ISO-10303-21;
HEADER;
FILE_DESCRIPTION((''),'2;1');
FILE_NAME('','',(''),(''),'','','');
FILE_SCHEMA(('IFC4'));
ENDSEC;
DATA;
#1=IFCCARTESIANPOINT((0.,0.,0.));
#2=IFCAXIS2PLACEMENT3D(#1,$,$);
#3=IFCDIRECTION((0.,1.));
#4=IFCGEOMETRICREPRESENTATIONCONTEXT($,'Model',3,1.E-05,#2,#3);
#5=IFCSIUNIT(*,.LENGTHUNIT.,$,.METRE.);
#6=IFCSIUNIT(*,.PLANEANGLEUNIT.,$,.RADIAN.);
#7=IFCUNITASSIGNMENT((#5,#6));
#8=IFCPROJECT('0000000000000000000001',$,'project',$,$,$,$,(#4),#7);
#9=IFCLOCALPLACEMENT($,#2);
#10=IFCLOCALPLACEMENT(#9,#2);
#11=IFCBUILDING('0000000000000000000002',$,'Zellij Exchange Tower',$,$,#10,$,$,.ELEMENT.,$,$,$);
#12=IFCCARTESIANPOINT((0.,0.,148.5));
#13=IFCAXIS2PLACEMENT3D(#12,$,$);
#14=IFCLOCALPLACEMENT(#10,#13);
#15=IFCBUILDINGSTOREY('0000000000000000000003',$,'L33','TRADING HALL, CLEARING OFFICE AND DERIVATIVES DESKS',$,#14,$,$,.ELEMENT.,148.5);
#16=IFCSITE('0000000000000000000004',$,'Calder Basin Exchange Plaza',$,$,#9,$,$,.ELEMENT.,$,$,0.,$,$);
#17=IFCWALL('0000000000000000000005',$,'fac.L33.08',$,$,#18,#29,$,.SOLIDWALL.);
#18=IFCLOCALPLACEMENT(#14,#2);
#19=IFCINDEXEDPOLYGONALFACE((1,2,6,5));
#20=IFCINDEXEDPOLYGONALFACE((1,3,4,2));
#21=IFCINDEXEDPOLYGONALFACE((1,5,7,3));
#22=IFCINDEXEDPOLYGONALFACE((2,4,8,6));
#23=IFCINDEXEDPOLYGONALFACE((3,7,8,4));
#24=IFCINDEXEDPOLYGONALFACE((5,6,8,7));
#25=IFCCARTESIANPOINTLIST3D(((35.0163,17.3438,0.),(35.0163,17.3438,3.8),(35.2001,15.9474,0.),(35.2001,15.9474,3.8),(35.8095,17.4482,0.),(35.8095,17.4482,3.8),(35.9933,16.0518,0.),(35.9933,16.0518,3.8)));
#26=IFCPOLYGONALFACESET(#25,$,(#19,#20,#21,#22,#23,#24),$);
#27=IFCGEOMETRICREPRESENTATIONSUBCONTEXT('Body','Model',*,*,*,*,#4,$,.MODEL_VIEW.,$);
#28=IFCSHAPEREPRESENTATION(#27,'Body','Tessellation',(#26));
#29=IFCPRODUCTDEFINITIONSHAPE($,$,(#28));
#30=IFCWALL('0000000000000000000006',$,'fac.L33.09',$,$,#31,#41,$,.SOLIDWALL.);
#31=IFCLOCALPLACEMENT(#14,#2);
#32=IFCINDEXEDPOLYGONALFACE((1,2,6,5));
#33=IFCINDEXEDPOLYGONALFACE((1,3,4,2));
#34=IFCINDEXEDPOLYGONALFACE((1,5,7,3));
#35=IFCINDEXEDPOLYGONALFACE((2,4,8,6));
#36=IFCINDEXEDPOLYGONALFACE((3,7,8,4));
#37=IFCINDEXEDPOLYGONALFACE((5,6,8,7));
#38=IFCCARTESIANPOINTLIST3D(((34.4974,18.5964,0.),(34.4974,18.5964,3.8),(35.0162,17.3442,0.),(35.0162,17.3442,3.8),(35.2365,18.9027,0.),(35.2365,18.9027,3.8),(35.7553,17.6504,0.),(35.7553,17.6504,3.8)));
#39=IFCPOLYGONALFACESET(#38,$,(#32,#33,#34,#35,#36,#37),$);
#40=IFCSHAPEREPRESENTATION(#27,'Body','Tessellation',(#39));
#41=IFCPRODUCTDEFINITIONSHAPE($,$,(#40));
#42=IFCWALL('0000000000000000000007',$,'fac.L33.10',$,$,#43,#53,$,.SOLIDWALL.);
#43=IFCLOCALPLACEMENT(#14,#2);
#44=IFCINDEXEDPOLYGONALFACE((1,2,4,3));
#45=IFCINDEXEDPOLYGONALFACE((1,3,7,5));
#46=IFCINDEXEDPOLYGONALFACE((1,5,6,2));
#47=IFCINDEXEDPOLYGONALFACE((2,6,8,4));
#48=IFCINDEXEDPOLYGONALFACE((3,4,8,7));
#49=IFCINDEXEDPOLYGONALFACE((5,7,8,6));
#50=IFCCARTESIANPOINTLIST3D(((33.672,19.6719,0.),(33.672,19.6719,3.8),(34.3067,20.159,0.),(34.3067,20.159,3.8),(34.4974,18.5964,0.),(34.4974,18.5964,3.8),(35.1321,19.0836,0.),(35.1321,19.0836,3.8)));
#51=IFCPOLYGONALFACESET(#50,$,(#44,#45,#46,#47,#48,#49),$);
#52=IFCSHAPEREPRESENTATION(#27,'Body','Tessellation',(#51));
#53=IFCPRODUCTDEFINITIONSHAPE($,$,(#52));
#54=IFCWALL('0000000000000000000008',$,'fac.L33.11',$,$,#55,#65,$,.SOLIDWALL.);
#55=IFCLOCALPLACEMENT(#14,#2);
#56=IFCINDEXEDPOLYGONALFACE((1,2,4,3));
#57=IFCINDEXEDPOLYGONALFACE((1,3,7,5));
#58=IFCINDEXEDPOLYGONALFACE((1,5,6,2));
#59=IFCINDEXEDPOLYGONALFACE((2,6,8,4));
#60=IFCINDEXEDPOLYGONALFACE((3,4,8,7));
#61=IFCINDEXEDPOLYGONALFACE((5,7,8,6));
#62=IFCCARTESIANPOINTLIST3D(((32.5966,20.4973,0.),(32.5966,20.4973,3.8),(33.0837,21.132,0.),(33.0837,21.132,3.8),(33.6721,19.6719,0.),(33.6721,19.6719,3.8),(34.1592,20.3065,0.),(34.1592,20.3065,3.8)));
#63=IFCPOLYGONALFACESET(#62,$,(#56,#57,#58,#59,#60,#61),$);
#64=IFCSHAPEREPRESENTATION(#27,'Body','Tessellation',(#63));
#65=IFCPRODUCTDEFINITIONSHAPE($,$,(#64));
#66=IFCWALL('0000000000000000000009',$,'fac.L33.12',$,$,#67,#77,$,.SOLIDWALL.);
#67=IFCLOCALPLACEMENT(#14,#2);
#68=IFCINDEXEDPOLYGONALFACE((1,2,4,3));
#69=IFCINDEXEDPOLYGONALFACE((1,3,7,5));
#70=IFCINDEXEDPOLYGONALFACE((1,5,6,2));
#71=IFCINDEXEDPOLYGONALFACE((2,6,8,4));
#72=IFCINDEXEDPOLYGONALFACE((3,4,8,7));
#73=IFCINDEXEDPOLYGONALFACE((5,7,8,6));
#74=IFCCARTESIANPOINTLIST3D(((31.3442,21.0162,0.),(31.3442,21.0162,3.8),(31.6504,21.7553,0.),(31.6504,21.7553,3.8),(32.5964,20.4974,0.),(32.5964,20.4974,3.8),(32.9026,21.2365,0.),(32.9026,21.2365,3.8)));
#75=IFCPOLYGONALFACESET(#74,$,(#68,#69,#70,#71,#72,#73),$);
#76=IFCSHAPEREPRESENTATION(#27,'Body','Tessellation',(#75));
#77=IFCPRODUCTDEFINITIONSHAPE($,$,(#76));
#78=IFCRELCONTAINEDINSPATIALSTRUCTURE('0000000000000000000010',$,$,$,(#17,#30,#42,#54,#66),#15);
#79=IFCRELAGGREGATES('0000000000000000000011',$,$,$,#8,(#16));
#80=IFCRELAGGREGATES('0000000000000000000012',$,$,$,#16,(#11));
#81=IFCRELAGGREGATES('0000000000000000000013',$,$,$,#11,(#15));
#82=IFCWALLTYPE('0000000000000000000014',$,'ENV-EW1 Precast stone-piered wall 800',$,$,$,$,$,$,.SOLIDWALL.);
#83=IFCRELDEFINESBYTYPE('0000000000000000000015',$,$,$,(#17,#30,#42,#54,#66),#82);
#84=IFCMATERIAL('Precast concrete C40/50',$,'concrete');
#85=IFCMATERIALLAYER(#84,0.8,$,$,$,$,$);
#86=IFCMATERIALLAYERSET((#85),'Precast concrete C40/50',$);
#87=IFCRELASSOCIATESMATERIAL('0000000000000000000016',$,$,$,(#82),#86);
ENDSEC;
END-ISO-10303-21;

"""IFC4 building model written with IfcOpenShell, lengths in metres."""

from ifc_helpers import new_model, si_unit, direction, frame, frame_2d, origin, place, context, subcontext, project, spatial, rectangle, extrude, material, layer, layer_set, type_object, element, save


model = new_model("IFC4")

# Units and contexts
model_context = context("Model", 3, precision=1e-05, world=origin(), true_north=direction((0.0, 1.0)))
body_context = subcontext(model_context, "Body", "Model", "MODEL_VIEW")
ifc_project = project(units=[si_unit("LENGTHUNIT", "METRE"), si_unit("PLANEANGLEUNIT", "RADIAN")], contexts=[model_context])

# Site, building, storey
site_placement = place(None, origin())
site = spatial("IfcSite", under=ifc_project, at=site_placement, Name="Calder Basin Exchange Plaza", CompositionType="ELEMENT", RefElevation=0.0)
building_placement = place(site_placement, origin())
building = spatial("IfcBuilding", under=site, at=building_placement, Name="Zellij Exchange Tower", CompositionType="ELEMENT")
storey_placement = place(building_placement, frame((0.0, 0.0, 148.5)))
storey = spatial("IfcBuildingStorey", under=building, at=storey_placement, Name="L33", Description="TRADING HALL, CLEARING OFFICE AND DERIVATIVES DESKS", CompositionType="ELEMENT", Elevation=148.5)

# Walls
ifc_material = material(Name="Precast concrete C40/50", Category="concrete")
ifc_layer = layer(ifc_material, 0.8)
ifc_layer_set = layer_set([ifc_layer], Name="Precast concrete C40/50")
wall_type = type_object("IfcWallType", Name="ENV-EW1 Precast stone-piered wall 800", PredefinedType="SOLIDWALL", material=ifc_layer_set)
wall_1_placement = place(storey_placement, frame((35.5967, 15.9998, 0.0), z_axis=(0.0, 0.0, 1.0), x_axis=(-0.130517, 0.991446, 0.0)))
element("IfcWall", 1, at=wall_1_placement, inside=storey, type_object=wall_type, Name="fac.L33.08", PredefinedType="SOLIDWALL", context=body_context, shape_type="SweptSolid", body=[
    extrude(rectangle(XDim=1.4084, YDim=0.8, at=frame_2d((0.7041, 0.0))), origin(), (0.0, 0.0, 1.0), 3.8),
])
wall_2_placement = place(storey_placement, frame((35.3857, 17.4973, 0.0), z_axis=(0.0, 0.0, 1.0), x_axis=(-0.38276, 0.923848, 0.0)))
element("IfcWall", 2, at=wall_2_placement, inside=storey, type_object=wall_type, Name="fac.L33.09", PredefinedType="SOLIDWALL", context=body_context, shape_type="SweptSolid", body=[
    extrude(rectangle(XDim=1.3555, YDim=0.8, at=frame_2d((0.6777, 0.0))), origin(), (0.0, 0.0, 1.0), 3.8),
])
for number, where, z_axis, x_axis, name in (
    (3, (34.8147, 18.8401, 0.0), (0.0, 0.0, 1.0), (-0.608866, 0.793273, 0.0), "fac.L33.10"),
    (4, (33.9155, 19.9893, 0.0), (0.0, 0.0, 1.0), (-0.793273, 0.608866, 0.0), "fac.L33.11"),
):
    element("IfcWall", number, at=place(storey_placement, frame(where, z_axis=z_axis, x_axis=x_axis)), inside=storey, type_object=wall_type, Name=name, PredefinedType="SOLIDWALL", context=body_context, shape_type="SweptSolid", body=[
        extrude(rectangle(XDim=1.3557, YDim=0.8, at=frame_2d((0.6777, 0.0))), origin(), (0.0, 0.0, 1.0), 3.8),
    ])
wall_3_placement = place(storey_placement, frame((32.7495, 20.8669, 0.0), z_axis=(0.0, 0.0, 1.0), x_axis=(-0.923848, 0.38276, 0.0)))
element("IfcWall", 5, at=wall_3_placement, inside=storey, type_object=wall_type, Name="fac.L33.12", PredefinedType="SOLIDWALL", context=body_context, shape_type="SweptSolid", body=[
    extrude(rectangle(XDim=1.3555, YDim=0.8, at=frame_2d((0.6777, 0.0))), origin(), (0.0, 0.0, 1.0), 3.8),
])

save(model, "model.ifc")
